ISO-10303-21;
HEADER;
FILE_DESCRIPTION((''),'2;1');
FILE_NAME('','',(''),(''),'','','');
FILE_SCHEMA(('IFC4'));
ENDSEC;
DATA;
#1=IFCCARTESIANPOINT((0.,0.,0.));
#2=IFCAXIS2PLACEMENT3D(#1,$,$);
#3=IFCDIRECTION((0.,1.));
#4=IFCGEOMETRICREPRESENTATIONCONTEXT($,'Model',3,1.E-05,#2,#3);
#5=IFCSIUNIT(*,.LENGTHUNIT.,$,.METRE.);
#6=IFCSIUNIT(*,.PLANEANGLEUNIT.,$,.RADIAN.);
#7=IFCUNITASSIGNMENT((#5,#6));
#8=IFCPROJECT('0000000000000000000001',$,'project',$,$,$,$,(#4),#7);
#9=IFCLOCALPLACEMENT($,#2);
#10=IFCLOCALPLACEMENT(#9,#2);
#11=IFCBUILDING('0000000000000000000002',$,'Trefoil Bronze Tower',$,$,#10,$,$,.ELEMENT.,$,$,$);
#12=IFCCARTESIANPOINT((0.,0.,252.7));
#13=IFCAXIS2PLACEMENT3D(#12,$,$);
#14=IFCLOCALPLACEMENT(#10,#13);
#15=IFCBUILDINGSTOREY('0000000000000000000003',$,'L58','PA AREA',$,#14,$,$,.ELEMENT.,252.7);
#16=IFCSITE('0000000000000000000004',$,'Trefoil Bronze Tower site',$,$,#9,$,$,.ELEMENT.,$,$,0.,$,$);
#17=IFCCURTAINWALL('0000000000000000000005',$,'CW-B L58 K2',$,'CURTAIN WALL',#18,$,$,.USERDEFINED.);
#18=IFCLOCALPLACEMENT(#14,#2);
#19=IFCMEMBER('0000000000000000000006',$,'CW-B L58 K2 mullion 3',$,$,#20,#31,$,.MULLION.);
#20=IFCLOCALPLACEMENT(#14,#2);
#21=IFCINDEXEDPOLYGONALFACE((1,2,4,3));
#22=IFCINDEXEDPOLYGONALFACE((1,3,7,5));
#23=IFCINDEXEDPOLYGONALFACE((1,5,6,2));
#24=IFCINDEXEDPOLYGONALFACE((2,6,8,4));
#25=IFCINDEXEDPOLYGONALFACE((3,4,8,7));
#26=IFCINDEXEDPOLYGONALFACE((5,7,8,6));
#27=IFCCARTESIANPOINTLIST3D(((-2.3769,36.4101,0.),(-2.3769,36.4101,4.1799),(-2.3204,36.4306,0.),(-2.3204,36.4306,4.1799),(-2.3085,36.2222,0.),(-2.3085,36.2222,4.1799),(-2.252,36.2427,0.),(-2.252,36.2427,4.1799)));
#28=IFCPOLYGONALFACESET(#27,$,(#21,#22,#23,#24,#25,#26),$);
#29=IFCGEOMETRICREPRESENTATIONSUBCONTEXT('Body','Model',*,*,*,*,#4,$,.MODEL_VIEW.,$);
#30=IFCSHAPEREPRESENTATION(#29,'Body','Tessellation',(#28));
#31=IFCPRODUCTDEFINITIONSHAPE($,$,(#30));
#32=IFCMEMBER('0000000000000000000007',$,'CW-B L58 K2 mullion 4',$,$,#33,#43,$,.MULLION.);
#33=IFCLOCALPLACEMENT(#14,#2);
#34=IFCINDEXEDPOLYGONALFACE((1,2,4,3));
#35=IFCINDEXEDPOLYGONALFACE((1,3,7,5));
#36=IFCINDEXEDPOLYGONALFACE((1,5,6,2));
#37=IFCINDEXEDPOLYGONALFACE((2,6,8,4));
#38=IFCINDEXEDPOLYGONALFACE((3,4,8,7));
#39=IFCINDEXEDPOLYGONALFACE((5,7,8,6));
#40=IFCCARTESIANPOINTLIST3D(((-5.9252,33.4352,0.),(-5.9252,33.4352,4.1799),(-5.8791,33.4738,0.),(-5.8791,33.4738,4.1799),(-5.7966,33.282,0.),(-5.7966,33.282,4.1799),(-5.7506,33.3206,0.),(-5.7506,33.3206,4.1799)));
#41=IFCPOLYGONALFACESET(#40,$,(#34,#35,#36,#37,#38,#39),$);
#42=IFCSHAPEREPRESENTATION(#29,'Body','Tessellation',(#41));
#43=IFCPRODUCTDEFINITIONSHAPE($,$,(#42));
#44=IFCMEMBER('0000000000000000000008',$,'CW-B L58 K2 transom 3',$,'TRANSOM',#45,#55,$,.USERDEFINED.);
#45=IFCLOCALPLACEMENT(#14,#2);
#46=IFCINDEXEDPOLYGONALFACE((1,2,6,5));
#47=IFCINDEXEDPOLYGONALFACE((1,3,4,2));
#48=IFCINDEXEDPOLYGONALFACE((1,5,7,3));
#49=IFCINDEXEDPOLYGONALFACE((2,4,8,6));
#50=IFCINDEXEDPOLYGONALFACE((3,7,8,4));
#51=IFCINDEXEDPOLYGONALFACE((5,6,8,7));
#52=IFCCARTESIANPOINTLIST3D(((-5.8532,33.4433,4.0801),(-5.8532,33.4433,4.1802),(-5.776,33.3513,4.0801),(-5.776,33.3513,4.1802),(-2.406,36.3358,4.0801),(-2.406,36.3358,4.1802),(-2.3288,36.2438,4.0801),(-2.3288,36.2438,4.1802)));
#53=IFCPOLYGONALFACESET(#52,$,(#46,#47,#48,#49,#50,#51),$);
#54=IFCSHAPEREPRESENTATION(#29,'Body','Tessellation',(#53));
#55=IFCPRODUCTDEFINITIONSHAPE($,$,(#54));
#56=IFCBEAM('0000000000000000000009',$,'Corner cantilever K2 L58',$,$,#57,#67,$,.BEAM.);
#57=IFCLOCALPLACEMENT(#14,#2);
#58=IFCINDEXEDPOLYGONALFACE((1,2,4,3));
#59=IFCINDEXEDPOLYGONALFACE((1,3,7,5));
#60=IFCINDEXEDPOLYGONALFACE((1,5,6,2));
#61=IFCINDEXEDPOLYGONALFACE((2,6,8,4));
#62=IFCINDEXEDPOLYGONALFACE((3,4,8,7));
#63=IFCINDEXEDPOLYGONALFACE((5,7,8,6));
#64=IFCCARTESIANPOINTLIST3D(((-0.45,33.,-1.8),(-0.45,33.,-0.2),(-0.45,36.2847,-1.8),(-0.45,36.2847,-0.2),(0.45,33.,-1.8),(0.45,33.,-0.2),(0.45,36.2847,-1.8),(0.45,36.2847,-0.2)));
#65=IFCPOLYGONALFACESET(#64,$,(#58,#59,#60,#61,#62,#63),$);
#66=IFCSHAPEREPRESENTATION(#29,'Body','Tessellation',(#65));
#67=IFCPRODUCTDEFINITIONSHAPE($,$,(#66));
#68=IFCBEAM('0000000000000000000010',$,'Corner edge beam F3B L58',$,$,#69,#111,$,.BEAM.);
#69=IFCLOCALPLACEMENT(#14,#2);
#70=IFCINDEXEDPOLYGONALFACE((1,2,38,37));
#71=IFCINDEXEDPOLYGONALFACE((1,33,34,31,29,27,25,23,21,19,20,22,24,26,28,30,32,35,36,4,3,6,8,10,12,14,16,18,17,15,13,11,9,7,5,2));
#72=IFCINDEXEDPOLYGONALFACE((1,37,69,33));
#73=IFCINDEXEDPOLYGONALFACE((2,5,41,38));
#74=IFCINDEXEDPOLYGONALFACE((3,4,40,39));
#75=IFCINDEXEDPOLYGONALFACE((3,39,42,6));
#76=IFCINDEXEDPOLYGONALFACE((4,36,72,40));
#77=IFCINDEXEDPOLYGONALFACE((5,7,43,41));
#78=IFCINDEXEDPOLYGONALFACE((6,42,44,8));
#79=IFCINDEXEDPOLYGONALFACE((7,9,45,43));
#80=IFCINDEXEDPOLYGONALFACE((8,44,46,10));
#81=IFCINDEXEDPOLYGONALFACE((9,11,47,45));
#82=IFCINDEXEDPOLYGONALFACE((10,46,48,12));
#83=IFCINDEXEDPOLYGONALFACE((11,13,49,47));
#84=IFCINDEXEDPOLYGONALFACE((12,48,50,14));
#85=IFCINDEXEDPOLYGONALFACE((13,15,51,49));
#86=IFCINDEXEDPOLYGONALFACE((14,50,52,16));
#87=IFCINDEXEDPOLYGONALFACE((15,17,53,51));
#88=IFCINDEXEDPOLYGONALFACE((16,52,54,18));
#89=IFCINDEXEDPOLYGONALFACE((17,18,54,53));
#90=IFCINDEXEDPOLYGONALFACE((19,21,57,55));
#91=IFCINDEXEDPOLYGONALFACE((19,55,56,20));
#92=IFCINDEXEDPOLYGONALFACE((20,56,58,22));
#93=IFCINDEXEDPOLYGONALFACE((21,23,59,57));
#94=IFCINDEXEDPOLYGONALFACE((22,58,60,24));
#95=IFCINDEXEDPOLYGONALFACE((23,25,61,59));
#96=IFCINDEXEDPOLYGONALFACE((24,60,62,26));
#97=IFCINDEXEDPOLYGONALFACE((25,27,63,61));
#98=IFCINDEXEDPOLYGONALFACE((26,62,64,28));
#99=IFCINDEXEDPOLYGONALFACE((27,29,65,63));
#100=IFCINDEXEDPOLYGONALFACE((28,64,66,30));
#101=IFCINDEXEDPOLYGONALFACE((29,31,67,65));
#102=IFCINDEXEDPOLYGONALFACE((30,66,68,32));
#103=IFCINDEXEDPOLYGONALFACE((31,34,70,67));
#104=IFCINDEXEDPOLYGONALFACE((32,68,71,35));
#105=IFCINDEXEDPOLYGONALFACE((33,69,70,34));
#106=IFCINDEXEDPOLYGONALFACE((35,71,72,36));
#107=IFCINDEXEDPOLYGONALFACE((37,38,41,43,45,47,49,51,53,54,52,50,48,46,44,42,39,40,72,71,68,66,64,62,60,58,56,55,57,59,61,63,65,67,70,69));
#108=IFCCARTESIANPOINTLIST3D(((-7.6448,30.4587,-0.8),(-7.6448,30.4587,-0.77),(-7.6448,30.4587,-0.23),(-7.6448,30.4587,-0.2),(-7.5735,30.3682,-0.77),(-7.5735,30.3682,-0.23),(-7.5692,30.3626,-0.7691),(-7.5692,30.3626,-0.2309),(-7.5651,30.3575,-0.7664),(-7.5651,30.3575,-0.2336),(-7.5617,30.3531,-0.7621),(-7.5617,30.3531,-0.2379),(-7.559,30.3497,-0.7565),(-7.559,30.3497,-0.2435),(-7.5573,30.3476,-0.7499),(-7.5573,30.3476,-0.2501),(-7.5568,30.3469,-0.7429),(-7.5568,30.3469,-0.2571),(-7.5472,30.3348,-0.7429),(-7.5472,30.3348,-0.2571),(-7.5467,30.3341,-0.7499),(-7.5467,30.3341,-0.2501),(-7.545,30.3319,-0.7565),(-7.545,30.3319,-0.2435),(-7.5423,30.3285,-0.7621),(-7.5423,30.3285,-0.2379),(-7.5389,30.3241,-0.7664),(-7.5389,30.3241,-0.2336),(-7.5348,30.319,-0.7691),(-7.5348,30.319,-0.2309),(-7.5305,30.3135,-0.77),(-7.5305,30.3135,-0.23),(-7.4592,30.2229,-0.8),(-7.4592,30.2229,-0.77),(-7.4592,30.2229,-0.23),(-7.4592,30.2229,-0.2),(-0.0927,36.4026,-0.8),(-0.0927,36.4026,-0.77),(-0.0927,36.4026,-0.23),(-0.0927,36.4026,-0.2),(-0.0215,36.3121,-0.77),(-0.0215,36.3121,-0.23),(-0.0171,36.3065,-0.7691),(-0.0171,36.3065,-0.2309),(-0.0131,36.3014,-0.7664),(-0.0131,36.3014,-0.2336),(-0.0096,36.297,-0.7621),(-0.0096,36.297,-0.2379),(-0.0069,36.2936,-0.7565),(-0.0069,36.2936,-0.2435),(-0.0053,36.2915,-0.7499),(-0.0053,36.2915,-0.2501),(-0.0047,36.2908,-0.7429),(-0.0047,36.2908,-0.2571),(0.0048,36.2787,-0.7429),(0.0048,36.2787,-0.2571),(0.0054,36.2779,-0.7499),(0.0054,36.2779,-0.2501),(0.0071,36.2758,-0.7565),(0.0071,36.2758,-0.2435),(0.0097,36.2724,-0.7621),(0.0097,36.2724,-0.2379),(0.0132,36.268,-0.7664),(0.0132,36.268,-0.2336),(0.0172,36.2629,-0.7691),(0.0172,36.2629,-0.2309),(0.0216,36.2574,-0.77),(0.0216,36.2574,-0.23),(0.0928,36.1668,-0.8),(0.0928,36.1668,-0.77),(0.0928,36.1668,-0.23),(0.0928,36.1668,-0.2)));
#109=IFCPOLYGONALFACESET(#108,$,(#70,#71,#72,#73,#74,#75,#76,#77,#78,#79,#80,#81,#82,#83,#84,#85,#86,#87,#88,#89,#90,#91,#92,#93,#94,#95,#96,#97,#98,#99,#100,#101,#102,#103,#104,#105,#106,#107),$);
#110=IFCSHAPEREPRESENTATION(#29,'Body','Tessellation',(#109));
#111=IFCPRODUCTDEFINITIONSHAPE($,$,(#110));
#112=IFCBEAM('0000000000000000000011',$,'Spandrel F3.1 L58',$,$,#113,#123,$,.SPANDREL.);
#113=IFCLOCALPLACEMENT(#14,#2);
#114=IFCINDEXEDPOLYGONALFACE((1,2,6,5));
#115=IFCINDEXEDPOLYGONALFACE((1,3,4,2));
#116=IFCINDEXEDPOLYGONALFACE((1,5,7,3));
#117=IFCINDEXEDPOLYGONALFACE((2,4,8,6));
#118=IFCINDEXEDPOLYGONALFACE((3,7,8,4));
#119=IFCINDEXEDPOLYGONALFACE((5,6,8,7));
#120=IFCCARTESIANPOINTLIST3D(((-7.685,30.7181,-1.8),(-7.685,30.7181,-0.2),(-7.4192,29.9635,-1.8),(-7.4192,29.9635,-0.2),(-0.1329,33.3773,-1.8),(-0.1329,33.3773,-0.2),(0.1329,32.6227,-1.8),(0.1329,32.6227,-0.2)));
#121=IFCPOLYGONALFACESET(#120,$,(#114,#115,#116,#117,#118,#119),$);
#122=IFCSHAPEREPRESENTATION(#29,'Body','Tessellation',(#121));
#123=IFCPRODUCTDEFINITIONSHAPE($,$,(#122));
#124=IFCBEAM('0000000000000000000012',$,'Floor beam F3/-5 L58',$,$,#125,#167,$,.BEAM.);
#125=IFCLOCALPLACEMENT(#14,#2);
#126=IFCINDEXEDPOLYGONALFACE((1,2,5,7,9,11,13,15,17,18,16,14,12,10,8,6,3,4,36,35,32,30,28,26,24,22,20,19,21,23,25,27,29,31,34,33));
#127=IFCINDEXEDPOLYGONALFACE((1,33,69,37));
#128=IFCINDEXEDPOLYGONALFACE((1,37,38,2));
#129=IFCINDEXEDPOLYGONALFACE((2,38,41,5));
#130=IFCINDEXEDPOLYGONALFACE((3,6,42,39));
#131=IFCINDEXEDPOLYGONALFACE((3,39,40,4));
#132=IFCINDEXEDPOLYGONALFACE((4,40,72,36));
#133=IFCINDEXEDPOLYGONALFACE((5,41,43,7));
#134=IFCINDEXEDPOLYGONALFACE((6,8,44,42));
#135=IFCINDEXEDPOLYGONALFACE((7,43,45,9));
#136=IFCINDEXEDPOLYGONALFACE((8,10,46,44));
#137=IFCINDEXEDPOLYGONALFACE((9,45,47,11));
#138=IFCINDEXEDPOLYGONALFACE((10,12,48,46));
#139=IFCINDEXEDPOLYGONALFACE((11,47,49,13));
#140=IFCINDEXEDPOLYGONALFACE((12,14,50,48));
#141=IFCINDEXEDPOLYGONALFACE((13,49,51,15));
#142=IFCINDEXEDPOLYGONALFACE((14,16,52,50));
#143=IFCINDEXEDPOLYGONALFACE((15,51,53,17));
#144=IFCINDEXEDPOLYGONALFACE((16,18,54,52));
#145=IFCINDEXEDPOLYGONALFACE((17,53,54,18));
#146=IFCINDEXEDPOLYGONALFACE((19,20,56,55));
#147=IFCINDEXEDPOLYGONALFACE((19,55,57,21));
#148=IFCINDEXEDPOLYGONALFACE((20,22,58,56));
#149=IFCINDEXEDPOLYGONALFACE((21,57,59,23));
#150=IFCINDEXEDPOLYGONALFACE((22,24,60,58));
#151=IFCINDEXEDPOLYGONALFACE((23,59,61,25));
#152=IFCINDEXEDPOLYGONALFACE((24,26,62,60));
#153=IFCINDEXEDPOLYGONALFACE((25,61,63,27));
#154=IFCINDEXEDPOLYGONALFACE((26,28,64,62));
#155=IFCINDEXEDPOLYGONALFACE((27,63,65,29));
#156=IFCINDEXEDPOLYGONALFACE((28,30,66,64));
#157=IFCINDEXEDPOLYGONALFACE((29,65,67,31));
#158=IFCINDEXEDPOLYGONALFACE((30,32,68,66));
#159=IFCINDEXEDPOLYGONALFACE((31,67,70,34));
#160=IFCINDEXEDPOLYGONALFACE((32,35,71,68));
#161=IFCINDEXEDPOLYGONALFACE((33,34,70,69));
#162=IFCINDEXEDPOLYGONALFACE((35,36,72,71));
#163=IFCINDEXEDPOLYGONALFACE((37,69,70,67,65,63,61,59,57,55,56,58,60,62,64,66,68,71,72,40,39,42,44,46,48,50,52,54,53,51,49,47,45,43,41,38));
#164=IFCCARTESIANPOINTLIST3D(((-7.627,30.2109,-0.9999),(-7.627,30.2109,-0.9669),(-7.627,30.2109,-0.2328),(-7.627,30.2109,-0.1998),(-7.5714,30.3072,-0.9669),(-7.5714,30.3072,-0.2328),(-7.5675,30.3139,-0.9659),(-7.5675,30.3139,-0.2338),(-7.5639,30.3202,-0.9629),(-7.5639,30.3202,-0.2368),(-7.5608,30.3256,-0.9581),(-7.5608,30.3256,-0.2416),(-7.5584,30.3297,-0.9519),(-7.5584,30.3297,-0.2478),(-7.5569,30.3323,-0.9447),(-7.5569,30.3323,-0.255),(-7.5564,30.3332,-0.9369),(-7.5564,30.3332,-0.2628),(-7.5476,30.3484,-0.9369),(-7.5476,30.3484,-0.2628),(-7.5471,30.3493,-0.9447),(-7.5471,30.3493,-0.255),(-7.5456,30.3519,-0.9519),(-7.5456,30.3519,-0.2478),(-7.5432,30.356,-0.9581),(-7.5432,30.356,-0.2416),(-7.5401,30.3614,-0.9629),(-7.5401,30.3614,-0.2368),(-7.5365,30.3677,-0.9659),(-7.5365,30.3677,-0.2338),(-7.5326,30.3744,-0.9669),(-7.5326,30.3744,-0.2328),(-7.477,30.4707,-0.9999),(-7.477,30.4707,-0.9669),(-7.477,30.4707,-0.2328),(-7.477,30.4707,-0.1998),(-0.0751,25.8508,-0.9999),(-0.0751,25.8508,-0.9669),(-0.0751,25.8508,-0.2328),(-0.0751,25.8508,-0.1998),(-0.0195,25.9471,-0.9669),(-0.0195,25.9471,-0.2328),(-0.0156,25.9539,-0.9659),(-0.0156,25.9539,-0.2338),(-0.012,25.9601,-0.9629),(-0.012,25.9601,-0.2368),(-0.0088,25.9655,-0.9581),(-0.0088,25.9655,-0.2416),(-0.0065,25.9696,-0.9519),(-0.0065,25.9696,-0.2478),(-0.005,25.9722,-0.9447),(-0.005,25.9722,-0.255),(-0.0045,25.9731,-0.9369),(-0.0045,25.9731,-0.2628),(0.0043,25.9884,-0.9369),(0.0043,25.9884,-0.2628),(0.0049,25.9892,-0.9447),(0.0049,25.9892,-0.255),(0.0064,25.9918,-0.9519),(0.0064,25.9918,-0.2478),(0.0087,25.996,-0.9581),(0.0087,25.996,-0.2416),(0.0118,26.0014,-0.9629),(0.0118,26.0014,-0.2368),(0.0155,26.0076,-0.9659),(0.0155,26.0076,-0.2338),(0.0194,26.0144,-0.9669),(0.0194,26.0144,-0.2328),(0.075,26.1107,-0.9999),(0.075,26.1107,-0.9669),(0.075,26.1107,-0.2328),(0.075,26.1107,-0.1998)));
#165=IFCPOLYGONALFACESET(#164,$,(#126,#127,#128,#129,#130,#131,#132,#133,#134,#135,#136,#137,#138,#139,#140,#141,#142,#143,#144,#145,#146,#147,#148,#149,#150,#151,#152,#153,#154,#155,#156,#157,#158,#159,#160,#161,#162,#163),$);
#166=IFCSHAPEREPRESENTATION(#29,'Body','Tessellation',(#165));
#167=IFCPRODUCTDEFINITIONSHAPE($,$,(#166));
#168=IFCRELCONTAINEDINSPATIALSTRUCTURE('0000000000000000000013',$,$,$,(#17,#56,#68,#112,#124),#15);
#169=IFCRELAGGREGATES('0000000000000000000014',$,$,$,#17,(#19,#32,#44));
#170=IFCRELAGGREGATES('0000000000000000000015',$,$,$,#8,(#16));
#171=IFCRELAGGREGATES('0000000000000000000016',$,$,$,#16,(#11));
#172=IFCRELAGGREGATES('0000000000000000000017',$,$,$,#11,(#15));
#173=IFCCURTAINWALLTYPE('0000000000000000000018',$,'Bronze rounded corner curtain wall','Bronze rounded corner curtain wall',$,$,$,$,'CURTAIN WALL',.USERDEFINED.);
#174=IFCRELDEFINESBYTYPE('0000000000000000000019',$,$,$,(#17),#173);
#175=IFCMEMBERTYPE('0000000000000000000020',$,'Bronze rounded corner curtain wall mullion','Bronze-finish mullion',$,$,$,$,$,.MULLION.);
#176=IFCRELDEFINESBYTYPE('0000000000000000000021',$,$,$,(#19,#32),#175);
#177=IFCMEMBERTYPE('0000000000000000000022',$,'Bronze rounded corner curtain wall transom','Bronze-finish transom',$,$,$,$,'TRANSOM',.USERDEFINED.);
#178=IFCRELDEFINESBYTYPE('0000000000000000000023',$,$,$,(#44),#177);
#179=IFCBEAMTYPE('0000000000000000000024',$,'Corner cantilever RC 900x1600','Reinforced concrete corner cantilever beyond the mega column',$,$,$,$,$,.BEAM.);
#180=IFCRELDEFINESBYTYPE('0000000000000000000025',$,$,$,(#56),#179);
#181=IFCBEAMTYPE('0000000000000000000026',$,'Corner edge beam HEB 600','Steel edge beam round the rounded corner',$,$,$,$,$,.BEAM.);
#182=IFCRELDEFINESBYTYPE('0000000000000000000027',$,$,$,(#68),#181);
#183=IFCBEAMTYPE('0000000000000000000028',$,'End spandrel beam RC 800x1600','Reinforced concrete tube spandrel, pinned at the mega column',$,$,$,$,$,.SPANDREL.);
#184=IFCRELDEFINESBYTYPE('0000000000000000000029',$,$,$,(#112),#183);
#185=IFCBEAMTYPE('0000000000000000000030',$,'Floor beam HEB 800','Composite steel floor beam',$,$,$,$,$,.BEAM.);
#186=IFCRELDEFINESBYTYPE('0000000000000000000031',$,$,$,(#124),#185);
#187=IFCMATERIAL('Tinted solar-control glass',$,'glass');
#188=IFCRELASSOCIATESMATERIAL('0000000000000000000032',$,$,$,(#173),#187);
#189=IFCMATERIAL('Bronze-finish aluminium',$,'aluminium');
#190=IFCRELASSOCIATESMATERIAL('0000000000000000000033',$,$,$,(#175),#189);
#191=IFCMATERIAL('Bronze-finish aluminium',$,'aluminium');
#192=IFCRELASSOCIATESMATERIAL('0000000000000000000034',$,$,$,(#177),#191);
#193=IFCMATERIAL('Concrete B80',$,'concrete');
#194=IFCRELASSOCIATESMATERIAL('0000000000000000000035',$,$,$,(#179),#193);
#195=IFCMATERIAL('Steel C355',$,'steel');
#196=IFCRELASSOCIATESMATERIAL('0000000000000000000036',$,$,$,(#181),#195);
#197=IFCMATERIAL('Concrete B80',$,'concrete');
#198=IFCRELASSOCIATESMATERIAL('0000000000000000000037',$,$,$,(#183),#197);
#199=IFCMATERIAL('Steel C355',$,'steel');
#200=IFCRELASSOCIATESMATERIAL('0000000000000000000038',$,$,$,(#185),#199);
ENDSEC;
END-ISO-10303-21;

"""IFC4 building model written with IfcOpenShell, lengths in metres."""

from ifc_helpers import new_model, si_unit, direction, frame, origin, origin_2d, place, context, subcontext, project, spatial, rectangle, i_section, extrude, material, material_profile, profile_set, type_object, element, aggregate, save


model = new_model("IFC4")

# Units and contexts
model_context = context("Model", 3, precision=1e-05, world=origin(), true_north=direction((0.0, 1.0)))
body_context = subcontext(model_context, "Body", "Model", "MODEL_VIEW")
ifc_project = project(units=[si_unit("LENGTHUNIT", "METRE"), si_unit("PLANEANGLEUNIT", "RADIAN")], contexts=[model_context])

# Site, building, storey
site_placement = place(None, origin())
site = spatial("IfcSite", under=ifc_project, at=site_placement, Name="Trefoil Bronze Tower site", CompositionType="ELEMENT", RefElevation=0.0)
building_placement = place(site_placement, origin())
building = spatial("IfcBuilding", under=site, at=building_placement, Name="Trefoil Bronze Tower", CompositionType="ELEMENT")
storey_placement = place(building_placement, frame((0.0, 0.0, 252.7)))
storey = spatial("IfcBuildingStorey", under=building, at=storey_placement, Name="L58", Description="PA AREA", CompositionType="ELEMENT", Elevation=252.7)

# Curtain wall, members
ifc_material_1 = material(Name="Tinted solar-control glass", Category="glass")
curtain_wall_type_1 = type_object("IfcCurtainWallType", Name="Bronze rounded corner curtain wall", Description="Bronze rounded corner curtain wall", ElementType="CURTAIN WALL", PredefinedType="USERDEFINED", material=ifc_material_1)
curtain_wall_1_placement = place(storey_placement, origin())
curtain_wall_1 = element("IfcCurtainWall", 1, at=curtain_wall_1_placement, inside=storey, type_object=curtain_wall_type_1, Name="CW-B L58 K2", ObjectType="CURTAIN WALL", PredefinedType="USERDEFINED")
ifc_material_2 = material(Name="Bronze-finish aluminium", Category="aluminium")
ifc_material_profile_1 = material_profile(ifc_material_2, rectangle(XDim=0.2, YDim=0.0601, at=origin_2d()), Name="CW-B mullion")
ifc_profile_set_1 = profile_set([ifc_material_profile_1], Name="Bronze-finish aluminium")
member_type_1 = type_object("IfcMemberType", Name="Bronze rounded corner curtain wall mullion", Description="Bronze-finish mullion", PredefinedType="MULLION", material=ifc_profile_set_1)
member_1_placement = place(storey_placement, frame((-2.3145, 36.3264, 0.0), z_axis=(0.0, 0.0, 1.0), x_axis=(0.34202, -0.939693, 0.0)))
member_1 = element("IfcMember", 2, at=member_1_placement, type_object=member_type_1, Name="CW-B L58 K2 mullion 3", PredefinedType="MULLION", context=body_context, shape_type="SweptSolid", body=[
    extrude(rectangle(XDim=0.2, YDim=0.0601, at=origin_2d()), origin(), (0.0, 0.0, 1.0), 4.1799),
])
member_2_placement = place(storey_placement, frame((-5.8379, 33.3779, 0.0), z_axis=(0.0, 0.0, 1.0), x_axis=(0.642788, -0.766044, 0.0)))
member_2 = element("IfcMember", 3, at=member_2_placement, type_object=member_type_1, Name="CW-B L58 K2 mullion 4", PredefinedType="MULLION", context=body_context, shape_type="SweptSolid", body=[
    extrude(rectangle(XDim=0.2, YDim=0.0601, at=origin_2d()), origin(), (0.0, 0.0, 1.0), 4.1799),
])
ifc_material_3 = material(Name="Bronze-finish aluminium", Category="aluminium")
ifc_material_profile_2 = material_profile(ifc_material_3, rectangle(XDim=0.1201, YDim=0.1001, at=origin_2d()), Name="CW-B transom")
ifc_profile_set_2 = profile_set([ifc_material_profile_2], Name="Bronze-finish aluminium")
member_type_2 = type_object("IfcMemberType", Name="Bronze rounded corner curtain wall transom", Description="Bronze-finish transom", ElementType="TRANSOM", PredefinedType="USERDEFINED", material=ifc_profile_set_2)
member_3_placement = place(storey_placement, frame((-2.3674, 36.2898, 4.1301), z_axis=(-0.766047, -0.642785, 0.0), x_axis=(0.642785, -0.766047, 0.0)))
member_3 = element("IfcMember", 4, at=member_3_placement, type_object=member_type_2, Name="CW-B L58 K2 transom 3", ObjectType="TRANSOM", PredefinedType="USERDEFINED", context=body_context, shape_type="SweptSolid", body=[
    extrude(rectangle(XDim=0.1201, YDim=0.1001, at=origin_2d()), origin(), (0.0, 0.0, 1.0), 4.5),
])

# Beams
ifc_material_4 = material(Name="Concrete B80", Category="concrete")
ifc_material_profile_3 = material_profile(ifc_material_4, rectangle(XDim=0.8999, YDim=1.6001, at=origin_2d()), Name="RC 900x1600")
ifc_profile_set_3 = profile_set([ifc_material_profile_3], Name="Concrete B80")
beam_type_1 = type_object("IfcBeamType", Name="Corner cantilever RC 900x1600", Description="Reinforced concrete corner cantilever beyond the mega column", PredefinedType="BEAM", material=ifc_profile_set_3)
beam_1_placement = place(storey_placement, frame((0.0, 33.0, -1.0), z_axis=(0.0, 1.0, 0.0), x_axis=(-1.0, 0.0, 0.0)))
element("IfcBeam", 5, at=beam_1_placement, inside=storey, type_object=beam_type_1, Name="Corner cantilever K2 L58", PredefinedType="BEAM", context=body_context, shape_type="SweptSolid", body=[
    extrude(rectangle(XDim=0.8999, YDim=1.6001, at=origin_2d()), origin(), (0.0, 0.0, 1.0), 3.2847),
])
ifc_material_5 = material(Name="Steel C355", Category="steel")
ifc_material_profile_4 = material_profile(ifc_material_5, i_section(OverallWidth=0.3, OverallDepth=0.6001, WebThickness=0.0154, FlangeThickness=0.03, FilletRadius=0.0271, at=origin_2d()), Name="HEB 600")
ifc_profile_set_4 = profile_set([ifc_material_profile_4], Name="Steel C355")
beam_type_2 = type_object("IfcBeamType", Name="Corner edge beam HEB 600", Description="Steel edge beam round the rounded corner", PredefinedType="BEAM", material=ifc_profile_set_4)
beam_2_placement = place(storey_placement, frame((-7.552, 30.3408, -0.5), z_axis=(0.785806, 0.618473, 0.0), x_axis=(-0.618473, 0.785806, 0.0)))
element("IfcBeam", 6, at=beam_2_placement, inside=storey, type_object=beam_type_2, Name="Corner edge beam F3B L58", PredefinedType="BEAM", context=body_context, shape_type="SweptSolid", body=[
    extrude(i_section(OverallWidth=0.3, OverallDepth=0.6001, WebThickness=0.0154, FlangeThickness=0.03, FilletRadius=0.0271, at=origin_2d()), origin(), (0.0, 0.0, 1.0), 9.6106),
])
ifc_material_6 = material(Name="Concrete B80", Category="concrete")
ifc_material_profile_5 = material_profile(ifc_material_6, rectangle(XDim=0.8, YDim=1.6001, at=origin_2d()), Name="RC 800x1600")
ifc_profile_set_5 = profile_set([ifc_material_profile_5], Name="Concrete B80")
beam_type_3 = type_object("IfcBeamType", Name="End spandrel beam RC 800x1600", Description="Reinforced concrete tube spandrel, pinned at the mega column", PredefinedType="SPANDREL", material=ifc_profile_set_5)
beam_3_placement = place(storey_placement, frame((0.0, 33.0, -1.0), z_axis=(-0.943234, -0.332128, 0.0), x_axis=(0.332128, -0.943234, 0.0)))
element("IfcBeam", 7, at=beam_3_placement, inside=storey, type_object=beam_type_3, Name="Spandrel F3.1 L58", PredefinedType="SPANDREL", context=body_context, shape_type="SweptSolid", body=[
    extrude(rectangle(XDim=0.8, YDim=1.6001, at=origin_2d()), origin(), (0.0, 0.0, 1.0), 8.0066),
])
ifc_material_7 = material(Name="Steel C355", Category="steel")
ifc_material_profile_6 = material_profile(ifc_material_7, i_section(OverallWidth=0.3, OverallDepth=0.8, WebThickness=0.0176, FlangeThickness=0.033, FilletRadius=0.03, at=origin_2d()), Name="HEB 800")
ifc_profile_set_6 = profile_set([ifc_material_profile_6], Name="Steel C355")
beam_type_4 = type_object("IfcBeamType", Name="Floor beam HEB 800", Description="Composite steel floor beam", PredefinedType="BEAM", material=ifc_profile_set_6)
beam_4_placement = place(storey_placement, frame((-7.552, 30.3408, -0.5999), z_axis=(0.866028, -0.499996, 0.0), x_axis=(0.499996, 0.866028, 0.0)))
element("IfcBeam", 8, at=beam_4_placement, inside=storey, type_object=beam_type_4, Name="Floor beam F3/-5 L58", PredefinedType="BEAM", context=body_context, shape_type="SweptSolid", body=[
    extrude(i_section(OverallWidth=0.3, OverallDepth=0.8, WebThickness=0.0176, FlangeThickness=0.033, FilletRadius=0.03, at=origin_2d()), origin(), (0.0, 0.0, 1.0), 8.7202),
])

aggregate(curtain_wall_1, [member_1, member_2, member_3])

save(model, "model.ifc")
